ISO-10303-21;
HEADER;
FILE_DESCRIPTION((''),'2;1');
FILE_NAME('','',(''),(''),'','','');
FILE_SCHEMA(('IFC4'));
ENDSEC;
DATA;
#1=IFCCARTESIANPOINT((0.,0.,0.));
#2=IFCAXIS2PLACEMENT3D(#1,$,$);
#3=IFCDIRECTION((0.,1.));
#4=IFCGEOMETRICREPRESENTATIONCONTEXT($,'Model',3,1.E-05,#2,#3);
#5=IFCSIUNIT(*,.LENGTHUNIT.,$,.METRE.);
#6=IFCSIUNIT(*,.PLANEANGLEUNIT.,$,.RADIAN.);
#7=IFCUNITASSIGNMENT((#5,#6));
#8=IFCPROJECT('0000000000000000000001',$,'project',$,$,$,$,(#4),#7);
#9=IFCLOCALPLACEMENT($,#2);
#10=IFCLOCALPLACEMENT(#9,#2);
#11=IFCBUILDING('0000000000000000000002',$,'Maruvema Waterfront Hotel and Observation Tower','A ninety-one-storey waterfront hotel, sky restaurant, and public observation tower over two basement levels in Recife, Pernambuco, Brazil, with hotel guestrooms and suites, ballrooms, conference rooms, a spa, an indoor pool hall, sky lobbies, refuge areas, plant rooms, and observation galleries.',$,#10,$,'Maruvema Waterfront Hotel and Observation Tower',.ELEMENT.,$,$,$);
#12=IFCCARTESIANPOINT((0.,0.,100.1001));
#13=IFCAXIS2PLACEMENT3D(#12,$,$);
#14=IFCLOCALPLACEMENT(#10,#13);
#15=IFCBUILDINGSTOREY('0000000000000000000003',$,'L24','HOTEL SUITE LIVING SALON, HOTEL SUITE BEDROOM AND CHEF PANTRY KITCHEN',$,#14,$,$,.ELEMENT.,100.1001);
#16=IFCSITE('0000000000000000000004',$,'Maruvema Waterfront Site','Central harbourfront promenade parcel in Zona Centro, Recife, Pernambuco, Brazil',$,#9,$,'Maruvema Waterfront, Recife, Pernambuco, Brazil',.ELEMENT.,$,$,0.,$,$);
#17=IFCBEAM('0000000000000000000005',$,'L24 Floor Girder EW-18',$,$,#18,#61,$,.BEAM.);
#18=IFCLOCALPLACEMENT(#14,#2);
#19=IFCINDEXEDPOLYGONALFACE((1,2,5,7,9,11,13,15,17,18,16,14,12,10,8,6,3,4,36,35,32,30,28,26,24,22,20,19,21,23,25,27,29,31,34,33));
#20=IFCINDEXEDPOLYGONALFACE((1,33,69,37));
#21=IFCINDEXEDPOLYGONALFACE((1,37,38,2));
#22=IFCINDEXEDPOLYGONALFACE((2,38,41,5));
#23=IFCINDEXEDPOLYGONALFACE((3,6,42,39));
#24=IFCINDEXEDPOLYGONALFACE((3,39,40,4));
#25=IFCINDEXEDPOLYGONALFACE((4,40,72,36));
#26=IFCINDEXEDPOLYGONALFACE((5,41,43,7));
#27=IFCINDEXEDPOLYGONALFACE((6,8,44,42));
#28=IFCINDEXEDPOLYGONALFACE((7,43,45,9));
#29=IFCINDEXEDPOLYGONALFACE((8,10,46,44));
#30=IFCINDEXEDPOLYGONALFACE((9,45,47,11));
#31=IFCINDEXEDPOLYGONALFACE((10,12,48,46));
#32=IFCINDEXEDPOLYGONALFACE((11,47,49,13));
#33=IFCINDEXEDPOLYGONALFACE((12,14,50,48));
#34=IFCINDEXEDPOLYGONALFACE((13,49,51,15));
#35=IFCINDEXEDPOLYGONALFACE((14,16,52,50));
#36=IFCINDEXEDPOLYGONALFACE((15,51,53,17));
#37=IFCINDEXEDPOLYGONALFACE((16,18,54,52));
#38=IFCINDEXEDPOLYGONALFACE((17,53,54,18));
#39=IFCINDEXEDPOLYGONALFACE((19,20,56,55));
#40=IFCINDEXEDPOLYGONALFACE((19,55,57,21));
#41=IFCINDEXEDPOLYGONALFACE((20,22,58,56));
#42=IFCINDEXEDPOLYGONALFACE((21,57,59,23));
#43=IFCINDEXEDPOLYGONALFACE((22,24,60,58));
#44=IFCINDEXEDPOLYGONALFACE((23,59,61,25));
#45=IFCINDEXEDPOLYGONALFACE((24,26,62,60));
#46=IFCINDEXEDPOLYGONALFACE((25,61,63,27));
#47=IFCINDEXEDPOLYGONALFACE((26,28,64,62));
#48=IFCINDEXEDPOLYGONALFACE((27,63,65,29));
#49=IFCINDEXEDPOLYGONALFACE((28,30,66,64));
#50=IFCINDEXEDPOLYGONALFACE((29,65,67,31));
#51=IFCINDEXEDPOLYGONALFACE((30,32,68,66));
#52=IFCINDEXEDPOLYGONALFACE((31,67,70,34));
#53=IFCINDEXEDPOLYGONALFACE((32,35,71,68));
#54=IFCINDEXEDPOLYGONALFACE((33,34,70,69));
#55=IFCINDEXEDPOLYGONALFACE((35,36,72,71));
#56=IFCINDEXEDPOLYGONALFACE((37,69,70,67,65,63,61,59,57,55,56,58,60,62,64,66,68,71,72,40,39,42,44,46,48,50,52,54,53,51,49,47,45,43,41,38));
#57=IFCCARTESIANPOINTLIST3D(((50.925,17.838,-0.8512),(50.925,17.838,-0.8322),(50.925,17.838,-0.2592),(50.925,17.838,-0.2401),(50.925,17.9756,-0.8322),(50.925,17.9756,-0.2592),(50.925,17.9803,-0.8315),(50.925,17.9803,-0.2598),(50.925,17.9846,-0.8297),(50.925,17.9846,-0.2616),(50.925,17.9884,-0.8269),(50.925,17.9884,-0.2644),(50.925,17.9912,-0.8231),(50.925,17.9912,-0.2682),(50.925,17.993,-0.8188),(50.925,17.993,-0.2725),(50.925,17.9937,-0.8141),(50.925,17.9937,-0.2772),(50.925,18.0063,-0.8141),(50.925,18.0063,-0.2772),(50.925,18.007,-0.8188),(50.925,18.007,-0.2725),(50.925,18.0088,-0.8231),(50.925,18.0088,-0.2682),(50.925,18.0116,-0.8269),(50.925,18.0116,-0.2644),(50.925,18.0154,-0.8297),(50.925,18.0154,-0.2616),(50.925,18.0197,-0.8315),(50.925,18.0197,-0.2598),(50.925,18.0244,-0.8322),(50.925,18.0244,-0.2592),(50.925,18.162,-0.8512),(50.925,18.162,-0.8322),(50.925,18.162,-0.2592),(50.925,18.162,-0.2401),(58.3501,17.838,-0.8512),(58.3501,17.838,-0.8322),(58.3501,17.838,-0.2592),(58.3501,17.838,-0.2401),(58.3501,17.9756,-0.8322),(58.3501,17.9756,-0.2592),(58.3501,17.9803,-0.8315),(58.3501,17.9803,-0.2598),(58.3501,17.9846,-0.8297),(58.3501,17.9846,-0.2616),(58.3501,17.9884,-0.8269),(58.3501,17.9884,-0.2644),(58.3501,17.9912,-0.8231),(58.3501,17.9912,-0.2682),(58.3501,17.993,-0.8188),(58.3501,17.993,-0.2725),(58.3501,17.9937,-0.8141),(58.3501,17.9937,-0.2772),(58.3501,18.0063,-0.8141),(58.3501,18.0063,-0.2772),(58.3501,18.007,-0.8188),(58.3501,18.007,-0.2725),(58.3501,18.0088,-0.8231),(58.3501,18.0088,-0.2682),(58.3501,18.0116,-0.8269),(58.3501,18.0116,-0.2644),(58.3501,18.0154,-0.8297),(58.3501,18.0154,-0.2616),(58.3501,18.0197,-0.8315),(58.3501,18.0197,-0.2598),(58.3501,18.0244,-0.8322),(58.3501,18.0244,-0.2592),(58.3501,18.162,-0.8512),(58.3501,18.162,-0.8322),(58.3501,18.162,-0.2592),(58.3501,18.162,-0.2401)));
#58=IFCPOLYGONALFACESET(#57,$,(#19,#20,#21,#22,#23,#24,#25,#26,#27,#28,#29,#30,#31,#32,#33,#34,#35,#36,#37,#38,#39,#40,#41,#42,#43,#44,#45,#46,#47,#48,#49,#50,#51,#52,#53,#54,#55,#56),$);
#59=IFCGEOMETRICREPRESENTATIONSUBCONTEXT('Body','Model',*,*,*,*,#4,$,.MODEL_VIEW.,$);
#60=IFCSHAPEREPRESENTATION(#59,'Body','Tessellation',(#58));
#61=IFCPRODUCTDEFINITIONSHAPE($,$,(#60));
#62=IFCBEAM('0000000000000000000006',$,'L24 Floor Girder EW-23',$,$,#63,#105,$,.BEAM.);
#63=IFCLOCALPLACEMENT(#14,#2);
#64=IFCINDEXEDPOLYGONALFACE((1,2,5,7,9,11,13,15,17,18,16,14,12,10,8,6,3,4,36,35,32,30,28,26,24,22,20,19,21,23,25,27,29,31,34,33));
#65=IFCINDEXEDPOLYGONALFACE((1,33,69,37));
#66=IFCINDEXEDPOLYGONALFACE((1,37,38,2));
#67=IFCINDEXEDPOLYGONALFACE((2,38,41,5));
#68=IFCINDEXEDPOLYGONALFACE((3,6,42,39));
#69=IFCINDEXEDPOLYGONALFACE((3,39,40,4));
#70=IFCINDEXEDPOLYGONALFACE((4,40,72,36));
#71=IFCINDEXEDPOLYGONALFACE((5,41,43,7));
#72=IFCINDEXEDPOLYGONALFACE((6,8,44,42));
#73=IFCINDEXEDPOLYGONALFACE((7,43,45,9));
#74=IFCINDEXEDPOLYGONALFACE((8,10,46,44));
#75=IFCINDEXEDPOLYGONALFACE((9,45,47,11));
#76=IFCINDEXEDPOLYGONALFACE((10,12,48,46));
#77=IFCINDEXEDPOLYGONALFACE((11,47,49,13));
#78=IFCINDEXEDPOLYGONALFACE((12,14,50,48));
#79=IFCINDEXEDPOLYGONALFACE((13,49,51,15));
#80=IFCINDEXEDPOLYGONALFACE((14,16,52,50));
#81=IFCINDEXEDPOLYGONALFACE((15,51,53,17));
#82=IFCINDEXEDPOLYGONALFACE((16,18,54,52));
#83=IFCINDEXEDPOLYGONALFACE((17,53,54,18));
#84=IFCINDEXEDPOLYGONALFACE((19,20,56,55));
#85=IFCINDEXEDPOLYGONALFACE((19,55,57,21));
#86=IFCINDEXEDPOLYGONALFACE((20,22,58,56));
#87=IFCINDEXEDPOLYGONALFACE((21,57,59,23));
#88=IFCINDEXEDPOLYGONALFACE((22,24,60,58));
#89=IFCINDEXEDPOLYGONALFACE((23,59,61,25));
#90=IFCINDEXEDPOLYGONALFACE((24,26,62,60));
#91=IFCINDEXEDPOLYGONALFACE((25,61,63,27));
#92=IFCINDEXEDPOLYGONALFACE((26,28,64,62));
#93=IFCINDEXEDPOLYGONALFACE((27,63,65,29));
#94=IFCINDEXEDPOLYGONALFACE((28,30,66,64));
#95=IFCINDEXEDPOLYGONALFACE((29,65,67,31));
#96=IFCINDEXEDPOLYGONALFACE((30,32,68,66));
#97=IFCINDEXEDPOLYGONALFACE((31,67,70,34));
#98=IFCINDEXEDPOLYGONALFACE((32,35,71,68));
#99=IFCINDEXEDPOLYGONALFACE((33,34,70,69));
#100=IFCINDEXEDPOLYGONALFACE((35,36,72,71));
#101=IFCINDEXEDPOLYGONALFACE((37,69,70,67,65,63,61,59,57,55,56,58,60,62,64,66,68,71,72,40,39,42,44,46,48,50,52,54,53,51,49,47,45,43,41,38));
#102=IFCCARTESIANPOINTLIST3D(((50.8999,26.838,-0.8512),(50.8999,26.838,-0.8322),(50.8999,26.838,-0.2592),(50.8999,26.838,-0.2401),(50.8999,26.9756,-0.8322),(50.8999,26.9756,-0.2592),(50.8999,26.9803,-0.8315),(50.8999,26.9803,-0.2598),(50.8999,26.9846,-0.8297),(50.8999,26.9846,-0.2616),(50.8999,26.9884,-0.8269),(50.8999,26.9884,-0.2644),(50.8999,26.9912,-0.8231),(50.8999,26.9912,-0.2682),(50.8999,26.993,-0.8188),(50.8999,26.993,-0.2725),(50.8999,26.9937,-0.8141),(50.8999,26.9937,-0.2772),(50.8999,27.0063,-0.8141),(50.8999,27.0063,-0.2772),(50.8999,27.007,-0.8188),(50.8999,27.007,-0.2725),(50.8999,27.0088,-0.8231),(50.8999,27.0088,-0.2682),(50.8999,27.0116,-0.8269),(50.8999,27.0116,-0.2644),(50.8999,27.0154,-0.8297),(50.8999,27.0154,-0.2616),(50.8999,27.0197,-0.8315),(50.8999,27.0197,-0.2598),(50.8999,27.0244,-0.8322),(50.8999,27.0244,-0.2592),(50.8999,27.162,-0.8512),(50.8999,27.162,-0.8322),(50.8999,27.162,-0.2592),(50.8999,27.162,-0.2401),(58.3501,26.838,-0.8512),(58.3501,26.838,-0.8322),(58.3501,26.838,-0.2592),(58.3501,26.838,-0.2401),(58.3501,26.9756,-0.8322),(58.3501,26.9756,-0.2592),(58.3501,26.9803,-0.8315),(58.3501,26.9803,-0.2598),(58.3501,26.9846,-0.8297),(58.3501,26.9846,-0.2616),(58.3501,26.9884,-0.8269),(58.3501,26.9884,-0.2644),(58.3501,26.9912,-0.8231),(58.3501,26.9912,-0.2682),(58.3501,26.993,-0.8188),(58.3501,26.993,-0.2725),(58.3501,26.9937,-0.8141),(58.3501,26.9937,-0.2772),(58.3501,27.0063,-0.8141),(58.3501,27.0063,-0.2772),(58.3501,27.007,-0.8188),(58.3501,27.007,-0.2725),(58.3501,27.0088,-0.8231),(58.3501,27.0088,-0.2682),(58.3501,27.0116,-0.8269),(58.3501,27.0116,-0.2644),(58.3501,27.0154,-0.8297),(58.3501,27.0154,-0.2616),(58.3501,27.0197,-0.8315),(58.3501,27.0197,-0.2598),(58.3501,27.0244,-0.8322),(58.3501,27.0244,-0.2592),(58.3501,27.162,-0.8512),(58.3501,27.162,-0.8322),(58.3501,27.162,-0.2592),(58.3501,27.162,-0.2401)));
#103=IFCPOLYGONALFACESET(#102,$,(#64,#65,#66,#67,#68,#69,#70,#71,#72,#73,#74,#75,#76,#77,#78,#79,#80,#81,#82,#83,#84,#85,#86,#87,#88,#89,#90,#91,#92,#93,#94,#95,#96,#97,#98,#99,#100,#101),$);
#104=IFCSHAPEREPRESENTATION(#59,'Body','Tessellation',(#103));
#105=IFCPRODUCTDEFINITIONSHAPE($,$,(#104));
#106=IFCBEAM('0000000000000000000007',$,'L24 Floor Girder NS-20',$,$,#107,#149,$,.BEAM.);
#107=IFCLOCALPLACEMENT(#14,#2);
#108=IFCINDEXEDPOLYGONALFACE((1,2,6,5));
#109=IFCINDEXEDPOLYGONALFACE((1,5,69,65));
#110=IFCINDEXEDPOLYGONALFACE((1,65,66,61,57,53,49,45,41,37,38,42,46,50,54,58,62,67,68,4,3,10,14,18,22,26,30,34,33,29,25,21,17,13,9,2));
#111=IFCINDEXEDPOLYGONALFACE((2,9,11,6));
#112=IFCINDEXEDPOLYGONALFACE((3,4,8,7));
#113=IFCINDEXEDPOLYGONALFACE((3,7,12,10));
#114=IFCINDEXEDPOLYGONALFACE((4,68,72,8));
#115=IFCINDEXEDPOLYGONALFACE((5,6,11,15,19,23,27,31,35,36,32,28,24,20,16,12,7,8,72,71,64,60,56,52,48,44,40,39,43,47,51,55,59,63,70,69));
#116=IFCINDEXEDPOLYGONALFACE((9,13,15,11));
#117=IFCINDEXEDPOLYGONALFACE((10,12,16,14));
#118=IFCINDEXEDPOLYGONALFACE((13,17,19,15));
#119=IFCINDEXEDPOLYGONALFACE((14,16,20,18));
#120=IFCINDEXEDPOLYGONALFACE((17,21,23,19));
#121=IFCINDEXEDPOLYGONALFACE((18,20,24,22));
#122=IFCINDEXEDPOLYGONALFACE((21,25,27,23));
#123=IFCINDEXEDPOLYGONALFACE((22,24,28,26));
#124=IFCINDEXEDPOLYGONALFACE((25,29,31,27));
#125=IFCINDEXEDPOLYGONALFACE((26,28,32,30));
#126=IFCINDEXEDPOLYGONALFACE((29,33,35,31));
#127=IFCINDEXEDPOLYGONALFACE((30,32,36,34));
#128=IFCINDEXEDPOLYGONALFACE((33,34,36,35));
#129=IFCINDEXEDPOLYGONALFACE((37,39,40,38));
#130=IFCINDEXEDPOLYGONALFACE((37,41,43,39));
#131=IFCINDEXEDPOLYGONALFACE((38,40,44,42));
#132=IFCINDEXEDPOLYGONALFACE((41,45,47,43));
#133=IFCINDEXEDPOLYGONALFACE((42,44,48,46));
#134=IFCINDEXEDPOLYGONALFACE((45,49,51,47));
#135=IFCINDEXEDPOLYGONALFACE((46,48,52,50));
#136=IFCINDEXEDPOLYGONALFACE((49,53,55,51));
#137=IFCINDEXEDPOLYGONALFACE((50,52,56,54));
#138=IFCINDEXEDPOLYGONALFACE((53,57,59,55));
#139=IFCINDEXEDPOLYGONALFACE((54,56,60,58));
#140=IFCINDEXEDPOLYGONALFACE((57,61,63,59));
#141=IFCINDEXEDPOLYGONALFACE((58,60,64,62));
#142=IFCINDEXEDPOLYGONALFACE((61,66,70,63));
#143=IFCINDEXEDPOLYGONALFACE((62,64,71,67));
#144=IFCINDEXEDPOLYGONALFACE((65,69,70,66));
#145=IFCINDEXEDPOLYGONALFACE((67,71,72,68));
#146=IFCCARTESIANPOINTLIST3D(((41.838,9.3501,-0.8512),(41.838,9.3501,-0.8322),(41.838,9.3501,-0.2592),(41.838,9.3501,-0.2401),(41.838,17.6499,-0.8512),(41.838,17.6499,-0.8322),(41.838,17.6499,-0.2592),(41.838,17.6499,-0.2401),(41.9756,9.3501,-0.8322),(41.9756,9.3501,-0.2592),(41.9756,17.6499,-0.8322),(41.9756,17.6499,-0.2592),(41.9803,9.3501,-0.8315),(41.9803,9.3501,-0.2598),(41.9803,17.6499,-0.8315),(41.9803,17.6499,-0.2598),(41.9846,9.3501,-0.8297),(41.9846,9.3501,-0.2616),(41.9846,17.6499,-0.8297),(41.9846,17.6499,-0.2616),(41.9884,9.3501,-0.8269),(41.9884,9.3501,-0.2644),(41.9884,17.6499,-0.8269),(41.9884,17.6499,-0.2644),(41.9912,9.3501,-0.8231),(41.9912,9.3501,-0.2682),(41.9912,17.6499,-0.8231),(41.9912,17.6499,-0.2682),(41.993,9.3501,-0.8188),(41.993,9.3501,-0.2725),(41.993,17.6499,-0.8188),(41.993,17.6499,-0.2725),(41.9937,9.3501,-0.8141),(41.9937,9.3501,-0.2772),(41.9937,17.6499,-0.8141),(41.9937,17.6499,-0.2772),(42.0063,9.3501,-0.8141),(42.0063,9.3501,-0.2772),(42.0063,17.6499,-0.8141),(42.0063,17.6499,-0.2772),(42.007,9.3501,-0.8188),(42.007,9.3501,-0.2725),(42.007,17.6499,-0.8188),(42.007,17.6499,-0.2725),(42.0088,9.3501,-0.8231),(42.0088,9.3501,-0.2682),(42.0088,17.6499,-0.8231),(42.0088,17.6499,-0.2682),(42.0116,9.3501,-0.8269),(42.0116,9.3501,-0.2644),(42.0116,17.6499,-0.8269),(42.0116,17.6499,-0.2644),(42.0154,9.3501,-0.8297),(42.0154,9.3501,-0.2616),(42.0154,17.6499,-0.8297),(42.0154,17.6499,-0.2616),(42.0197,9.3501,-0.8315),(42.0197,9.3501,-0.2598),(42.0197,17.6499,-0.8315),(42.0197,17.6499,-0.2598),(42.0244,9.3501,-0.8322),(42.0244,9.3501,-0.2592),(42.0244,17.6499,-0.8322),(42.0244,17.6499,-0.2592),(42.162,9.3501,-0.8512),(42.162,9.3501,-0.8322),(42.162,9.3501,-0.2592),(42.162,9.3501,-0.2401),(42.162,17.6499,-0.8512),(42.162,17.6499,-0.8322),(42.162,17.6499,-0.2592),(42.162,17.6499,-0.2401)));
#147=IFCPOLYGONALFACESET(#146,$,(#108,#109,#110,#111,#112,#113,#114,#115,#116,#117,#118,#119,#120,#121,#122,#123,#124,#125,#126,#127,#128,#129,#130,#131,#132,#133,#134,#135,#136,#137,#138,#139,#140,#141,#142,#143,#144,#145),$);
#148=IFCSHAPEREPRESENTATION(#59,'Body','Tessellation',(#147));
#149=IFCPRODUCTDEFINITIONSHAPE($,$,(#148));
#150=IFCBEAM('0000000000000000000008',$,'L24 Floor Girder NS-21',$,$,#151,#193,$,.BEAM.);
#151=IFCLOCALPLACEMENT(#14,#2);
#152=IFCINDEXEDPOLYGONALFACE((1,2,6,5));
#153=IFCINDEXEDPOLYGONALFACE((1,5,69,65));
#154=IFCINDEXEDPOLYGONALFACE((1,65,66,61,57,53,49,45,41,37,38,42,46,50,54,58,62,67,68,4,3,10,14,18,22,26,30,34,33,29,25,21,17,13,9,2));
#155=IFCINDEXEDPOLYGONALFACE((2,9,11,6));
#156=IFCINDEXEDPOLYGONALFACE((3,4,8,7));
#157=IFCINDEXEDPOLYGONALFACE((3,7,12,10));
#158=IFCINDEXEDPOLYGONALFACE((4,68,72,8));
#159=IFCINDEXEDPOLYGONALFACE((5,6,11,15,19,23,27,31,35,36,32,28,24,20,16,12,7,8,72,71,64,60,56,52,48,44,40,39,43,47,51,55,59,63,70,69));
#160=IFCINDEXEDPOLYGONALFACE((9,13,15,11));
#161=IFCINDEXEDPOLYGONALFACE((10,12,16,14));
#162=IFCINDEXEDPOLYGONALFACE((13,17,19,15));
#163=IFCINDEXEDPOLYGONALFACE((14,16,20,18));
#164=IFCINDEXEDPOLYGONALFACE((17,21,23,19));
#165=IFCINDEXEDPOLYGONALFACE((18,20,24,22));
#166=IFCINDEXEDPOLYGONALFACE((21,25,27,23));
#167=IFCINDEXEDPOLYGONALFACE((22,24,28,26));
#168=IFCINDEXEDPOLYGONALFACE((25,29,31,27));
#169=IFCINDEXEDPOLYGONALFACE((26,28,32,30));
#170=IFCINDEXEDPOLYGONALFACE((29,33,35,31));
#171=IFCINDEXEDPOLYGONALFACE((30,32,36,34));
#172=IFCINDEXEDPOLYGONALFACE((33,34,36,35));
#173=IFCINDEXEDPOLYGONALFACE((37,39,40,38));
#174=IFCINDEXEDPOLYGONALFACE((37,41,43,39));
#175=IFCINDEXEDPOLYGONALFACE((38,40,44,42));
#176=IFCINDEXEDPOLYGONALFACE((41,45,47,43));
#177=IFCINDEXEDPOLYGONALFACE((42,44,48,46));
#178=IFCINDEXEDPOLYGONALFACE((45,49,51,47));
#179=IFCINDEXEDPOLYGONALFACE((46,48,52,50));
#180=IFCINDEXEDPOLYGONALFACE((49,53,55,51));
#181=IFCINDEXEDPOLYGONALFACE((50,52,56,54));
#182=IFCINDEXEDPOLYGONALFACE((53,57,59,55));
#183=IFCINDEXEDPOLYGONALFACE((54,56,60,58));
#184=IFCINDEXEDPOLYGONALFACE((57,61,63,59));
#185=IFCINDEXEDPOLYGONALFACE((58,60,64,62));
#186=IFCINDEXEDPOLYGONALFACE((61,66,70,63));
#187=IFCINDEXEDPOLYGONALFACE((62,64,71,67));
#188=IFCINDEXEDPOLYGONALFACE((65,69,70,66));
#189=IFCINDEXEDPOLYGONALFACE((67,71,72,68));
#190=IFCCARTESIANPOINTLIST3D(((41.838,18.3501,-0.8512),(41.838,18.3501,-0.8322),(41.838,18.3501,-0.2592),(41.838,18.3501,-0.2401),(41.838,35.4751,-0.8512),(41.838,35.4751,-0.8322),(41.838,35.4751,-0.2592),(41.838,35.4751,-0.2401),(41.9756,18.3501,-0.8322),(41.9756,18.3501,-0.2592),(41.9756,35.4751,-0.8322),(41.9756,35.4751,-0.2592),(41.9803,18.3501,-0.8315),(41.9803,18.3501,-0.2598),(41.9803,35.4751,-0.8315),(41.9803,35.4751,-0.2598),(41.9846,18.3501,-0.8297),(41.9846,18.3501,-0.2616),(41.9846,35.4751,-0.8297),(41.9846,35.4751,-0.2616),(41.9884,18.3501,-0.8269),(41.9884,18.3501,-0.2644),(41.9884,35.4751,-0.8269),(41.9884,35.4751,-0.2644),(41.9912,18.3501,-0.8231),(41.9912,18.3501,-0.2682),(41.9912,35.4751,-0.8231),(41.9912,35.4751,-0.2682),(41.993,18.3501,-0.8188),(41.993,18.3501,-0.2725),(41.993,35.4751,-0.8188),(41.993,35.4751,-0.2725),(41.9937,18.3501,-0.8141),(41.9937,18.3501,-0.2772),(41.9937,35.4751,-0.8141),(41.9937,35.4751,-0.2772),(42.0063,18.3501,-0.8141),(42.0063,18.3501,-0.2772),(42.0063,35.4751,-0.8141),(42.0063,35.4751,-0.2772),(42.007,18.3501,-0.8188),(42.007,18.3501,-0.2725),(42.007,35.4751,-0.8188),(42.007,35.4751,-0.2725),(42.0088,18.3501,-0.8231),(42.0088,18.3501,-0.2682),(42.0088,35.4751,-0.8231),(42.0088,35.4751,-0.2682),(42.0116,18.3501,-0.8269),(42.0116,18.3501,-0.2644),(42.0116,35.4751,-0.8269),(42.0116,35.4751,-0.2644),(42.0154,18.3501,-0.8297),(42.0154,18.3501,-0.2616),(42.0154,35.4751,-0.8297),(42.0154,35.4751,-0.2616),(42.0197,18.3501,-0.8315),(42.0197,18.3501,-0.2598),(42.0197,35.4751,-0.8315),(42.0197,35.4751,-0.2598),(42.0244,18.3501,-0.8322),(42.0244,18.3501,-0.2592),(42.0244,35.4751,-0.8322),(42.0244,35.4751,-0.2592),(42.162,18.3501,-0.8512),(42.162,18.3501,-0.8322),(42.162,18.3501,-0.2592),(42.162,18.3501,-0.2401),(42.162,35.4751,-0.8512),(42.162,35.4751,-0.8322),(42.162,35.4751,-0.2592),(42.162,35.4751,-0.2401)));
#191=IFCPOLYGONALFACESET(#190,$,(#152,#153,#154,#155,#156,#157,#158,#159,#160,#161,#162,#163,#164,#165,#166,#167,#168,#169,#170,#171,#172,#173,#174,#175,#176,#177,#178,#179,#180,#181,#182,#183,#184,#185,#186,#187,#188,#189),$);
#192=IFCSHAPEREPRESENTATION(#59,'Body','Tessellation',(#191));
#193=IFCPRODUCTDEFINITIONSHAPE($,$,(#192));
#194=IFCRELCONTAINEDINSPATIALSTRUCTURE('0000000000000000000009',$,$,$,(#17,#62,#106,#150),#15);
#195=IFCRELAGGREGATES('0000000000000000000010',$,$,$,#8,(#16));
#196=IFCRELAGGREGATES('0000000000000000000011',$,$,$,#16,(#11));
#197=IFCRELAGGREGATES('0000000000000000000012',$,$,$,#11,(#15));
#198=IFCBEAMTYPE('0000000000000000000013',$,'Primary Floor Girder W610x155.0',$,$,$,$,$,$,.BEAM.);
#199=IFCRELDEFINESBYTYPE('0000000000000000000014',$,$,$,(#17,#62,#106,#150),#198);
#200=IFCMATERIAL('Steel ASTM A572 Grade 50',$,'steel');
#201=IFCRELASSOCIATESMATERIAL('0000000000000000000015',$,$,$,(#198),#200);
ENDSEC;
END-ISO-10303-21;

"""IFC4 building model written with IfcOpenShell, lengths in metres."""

from ifc_helpers import new_model, si_unit, direction, frame, origin, origin_2d, place, context, subcontext, project, spatial, i_section, extrude, material, material_profile, profile_set, type_object, element, save


model = new_model("IFC4")

# Units and contexts
model_context = context("Model", 3, precision=1e-05, world=origin(), true_north=direction((0.0, 1.0)))
body_context = subcontext(model_context, "Body", "Model", "MODEL_VIEW")
ifc_project = project(units=[si_unit("LENGTHUNIT", "METRE"), si_unit("PLANEANGLEUNIT", "RADIAN")], contexts=[model_context])

# Site, building, storey
site_placement = place(None, origin())
site = spatial("IfcSite", under=ifc_project, at=site_placement, Name="Maruvema Waterfront Site", Description="Central harbourfront promenade parcel in Zona Centro, Recife, Pernambuco, Brazil", LongName="Maruvema Waterfront, Recife, Pernambuco, Brazil", CompositionType="ELEMENT", RefElevation=0.0)
building_placement = place(site_placement, origin())
building = spatial("IfcBuilding", under=site, at=building_placement, Name="Maruvema Waterfront Hotel and Observation Tower", Description="A ninety-one-storey waterfront hotel, sky restaurant, and public observation tower over two basement levels in Recife, Pernambuco, Brazil, with hotel guestrooms and suites, ballrooms, conference rooms, a spa, an indoor pool hall, sky lobbies, refuge areas, plant rooms, and observation galleries.", LongName="Maruvema Waterfront Hotel and Observation Tower", CompositionType="ELEMENT")
storey_placement = place(building_placement, frame((0.0, 0.0, 100.1001)))
storey = spatial("IfcBuildingStorey", under=building, at=storey_placement, Name="L24", Description="HOTEL SUITE LIVING SALON, HOTEL SUITE BEDROOM AND CHEF PANTRY KITCHEN", CompositionType="ELEMENT", Elevation=100.1001)

# Beams
ifc_material_1 = material(Name="Steel ASTM A572 Grade 50", Category="steel")
ifc_material_profile_1 = material_profile(ifc_material_1, i_section(OverallWidth=0.324, OverallDepth=0.6111, WebThickness=0.0127, FlangeThickness=0.019, FilletRadius=0.0181, at=origin_2d()), Name="W610x155.0")
ifc_profile_set_1 = profile_set([ifc_material_profile_1], Name="Steel ASTM A572 Grade 50")
beam_type_1 = type_object("IfcBeamType", Name="Primary Floor Girder W610x155.0", PredefinedType="BEAM", material=ifc_profile_set_1)
beam_1_placement = place(storey_placement, frame((50.925, 18.0, -0.5457), z_axis=(1.0, 0.0, 0.0), x_axis=(0.0, 1.0, 0.0)))
element("IfcBeam", 1, at=beam_1_placement, inside=storey, type_object=beam_type_1, Name="L24 Floor Girder EW-18", PredefinedType="BEAM", context=body_context, shape_type="SweptSolid", body=[
    extrude(i_section(OverallWidth=0.324, OverallDepth=0.6111, WebThickness=0.0127, FlangeThickness=0.019, FilletRadius=0.0181, at=origin_2d()), origin(), (0.0, 0.0, 1.0), 7.425),
])
beam_2_placement = place(storey_placement, frame((50.8999, 27.0, -0.5457), z_axis=(1.0, 0.0, 0.0), x_axis=(0.0, 1.0, 0.0)))
element("IfcBeam", 2, at=beam_2_placement, inside=storey, type_object=beam_type_1, Name="L24 Floor Girder EW-23", PredefinedType="BEAM", context=body_context, shape_type="SweptSolid", body=[
    extrude(i_section(OverallWidth=0.324, OverallDepth=0.6111, WebThickness=0.0127, FlangeThickness=0.019, FilletRadius=0.0181, at=origin_2d()), origin(), (0.0, 0.0, 1.0), 7.4502),
])
beam_3_placement = place(storey_placement, frame((42.0, 9.3501, -0.5457), z_axis=(0.0, 1.0, 0.0), x_axis=(-1.0, 0.0, 0.0)))
element("IfcBeam", 3, at=beam_3_placement, inside=storey, type_object=beam_type_1, Name="L24 Floor Girder NS-20", PredefinedType="BEAM", context=body_context, shape_type="SweptSolid", body=[
    extrude(i_section(OverallWidth=0.324, OverallDepth=0.6111, WebThickness=0.0127, FlangeThickness=0.019, FilletRadius=0.0181, at=origin_2d()), origin(), (0.0, 0.0, 1.0), 8.2998),
])
beam_4_placement = place(storey_placement, frame((42.0, 18.3501, -0.5457), z_axis=(0.0, 1.0, 0.0), x_axis=(-1.0, 0.0, 0.0)))
element("IfcBeam", 4, at=beam_4_placement, inside=storey, type_object=beam_type_1, Name="L24 Floor Girder NS-21", PredefinedType="BEAM", context=body_context, shape_type="SweptSolid", body=[
    extrude(i_section(OverallWidth=0.324, OverallDepth=0.6111, WebThickness=0.0127, FlangeThickness=0.019, FilletRadius=0.0181, at=origin_2d()), origin(), (0.0, 0.0, 1.0), 17.125),
])

save(model, "model.ifc")
